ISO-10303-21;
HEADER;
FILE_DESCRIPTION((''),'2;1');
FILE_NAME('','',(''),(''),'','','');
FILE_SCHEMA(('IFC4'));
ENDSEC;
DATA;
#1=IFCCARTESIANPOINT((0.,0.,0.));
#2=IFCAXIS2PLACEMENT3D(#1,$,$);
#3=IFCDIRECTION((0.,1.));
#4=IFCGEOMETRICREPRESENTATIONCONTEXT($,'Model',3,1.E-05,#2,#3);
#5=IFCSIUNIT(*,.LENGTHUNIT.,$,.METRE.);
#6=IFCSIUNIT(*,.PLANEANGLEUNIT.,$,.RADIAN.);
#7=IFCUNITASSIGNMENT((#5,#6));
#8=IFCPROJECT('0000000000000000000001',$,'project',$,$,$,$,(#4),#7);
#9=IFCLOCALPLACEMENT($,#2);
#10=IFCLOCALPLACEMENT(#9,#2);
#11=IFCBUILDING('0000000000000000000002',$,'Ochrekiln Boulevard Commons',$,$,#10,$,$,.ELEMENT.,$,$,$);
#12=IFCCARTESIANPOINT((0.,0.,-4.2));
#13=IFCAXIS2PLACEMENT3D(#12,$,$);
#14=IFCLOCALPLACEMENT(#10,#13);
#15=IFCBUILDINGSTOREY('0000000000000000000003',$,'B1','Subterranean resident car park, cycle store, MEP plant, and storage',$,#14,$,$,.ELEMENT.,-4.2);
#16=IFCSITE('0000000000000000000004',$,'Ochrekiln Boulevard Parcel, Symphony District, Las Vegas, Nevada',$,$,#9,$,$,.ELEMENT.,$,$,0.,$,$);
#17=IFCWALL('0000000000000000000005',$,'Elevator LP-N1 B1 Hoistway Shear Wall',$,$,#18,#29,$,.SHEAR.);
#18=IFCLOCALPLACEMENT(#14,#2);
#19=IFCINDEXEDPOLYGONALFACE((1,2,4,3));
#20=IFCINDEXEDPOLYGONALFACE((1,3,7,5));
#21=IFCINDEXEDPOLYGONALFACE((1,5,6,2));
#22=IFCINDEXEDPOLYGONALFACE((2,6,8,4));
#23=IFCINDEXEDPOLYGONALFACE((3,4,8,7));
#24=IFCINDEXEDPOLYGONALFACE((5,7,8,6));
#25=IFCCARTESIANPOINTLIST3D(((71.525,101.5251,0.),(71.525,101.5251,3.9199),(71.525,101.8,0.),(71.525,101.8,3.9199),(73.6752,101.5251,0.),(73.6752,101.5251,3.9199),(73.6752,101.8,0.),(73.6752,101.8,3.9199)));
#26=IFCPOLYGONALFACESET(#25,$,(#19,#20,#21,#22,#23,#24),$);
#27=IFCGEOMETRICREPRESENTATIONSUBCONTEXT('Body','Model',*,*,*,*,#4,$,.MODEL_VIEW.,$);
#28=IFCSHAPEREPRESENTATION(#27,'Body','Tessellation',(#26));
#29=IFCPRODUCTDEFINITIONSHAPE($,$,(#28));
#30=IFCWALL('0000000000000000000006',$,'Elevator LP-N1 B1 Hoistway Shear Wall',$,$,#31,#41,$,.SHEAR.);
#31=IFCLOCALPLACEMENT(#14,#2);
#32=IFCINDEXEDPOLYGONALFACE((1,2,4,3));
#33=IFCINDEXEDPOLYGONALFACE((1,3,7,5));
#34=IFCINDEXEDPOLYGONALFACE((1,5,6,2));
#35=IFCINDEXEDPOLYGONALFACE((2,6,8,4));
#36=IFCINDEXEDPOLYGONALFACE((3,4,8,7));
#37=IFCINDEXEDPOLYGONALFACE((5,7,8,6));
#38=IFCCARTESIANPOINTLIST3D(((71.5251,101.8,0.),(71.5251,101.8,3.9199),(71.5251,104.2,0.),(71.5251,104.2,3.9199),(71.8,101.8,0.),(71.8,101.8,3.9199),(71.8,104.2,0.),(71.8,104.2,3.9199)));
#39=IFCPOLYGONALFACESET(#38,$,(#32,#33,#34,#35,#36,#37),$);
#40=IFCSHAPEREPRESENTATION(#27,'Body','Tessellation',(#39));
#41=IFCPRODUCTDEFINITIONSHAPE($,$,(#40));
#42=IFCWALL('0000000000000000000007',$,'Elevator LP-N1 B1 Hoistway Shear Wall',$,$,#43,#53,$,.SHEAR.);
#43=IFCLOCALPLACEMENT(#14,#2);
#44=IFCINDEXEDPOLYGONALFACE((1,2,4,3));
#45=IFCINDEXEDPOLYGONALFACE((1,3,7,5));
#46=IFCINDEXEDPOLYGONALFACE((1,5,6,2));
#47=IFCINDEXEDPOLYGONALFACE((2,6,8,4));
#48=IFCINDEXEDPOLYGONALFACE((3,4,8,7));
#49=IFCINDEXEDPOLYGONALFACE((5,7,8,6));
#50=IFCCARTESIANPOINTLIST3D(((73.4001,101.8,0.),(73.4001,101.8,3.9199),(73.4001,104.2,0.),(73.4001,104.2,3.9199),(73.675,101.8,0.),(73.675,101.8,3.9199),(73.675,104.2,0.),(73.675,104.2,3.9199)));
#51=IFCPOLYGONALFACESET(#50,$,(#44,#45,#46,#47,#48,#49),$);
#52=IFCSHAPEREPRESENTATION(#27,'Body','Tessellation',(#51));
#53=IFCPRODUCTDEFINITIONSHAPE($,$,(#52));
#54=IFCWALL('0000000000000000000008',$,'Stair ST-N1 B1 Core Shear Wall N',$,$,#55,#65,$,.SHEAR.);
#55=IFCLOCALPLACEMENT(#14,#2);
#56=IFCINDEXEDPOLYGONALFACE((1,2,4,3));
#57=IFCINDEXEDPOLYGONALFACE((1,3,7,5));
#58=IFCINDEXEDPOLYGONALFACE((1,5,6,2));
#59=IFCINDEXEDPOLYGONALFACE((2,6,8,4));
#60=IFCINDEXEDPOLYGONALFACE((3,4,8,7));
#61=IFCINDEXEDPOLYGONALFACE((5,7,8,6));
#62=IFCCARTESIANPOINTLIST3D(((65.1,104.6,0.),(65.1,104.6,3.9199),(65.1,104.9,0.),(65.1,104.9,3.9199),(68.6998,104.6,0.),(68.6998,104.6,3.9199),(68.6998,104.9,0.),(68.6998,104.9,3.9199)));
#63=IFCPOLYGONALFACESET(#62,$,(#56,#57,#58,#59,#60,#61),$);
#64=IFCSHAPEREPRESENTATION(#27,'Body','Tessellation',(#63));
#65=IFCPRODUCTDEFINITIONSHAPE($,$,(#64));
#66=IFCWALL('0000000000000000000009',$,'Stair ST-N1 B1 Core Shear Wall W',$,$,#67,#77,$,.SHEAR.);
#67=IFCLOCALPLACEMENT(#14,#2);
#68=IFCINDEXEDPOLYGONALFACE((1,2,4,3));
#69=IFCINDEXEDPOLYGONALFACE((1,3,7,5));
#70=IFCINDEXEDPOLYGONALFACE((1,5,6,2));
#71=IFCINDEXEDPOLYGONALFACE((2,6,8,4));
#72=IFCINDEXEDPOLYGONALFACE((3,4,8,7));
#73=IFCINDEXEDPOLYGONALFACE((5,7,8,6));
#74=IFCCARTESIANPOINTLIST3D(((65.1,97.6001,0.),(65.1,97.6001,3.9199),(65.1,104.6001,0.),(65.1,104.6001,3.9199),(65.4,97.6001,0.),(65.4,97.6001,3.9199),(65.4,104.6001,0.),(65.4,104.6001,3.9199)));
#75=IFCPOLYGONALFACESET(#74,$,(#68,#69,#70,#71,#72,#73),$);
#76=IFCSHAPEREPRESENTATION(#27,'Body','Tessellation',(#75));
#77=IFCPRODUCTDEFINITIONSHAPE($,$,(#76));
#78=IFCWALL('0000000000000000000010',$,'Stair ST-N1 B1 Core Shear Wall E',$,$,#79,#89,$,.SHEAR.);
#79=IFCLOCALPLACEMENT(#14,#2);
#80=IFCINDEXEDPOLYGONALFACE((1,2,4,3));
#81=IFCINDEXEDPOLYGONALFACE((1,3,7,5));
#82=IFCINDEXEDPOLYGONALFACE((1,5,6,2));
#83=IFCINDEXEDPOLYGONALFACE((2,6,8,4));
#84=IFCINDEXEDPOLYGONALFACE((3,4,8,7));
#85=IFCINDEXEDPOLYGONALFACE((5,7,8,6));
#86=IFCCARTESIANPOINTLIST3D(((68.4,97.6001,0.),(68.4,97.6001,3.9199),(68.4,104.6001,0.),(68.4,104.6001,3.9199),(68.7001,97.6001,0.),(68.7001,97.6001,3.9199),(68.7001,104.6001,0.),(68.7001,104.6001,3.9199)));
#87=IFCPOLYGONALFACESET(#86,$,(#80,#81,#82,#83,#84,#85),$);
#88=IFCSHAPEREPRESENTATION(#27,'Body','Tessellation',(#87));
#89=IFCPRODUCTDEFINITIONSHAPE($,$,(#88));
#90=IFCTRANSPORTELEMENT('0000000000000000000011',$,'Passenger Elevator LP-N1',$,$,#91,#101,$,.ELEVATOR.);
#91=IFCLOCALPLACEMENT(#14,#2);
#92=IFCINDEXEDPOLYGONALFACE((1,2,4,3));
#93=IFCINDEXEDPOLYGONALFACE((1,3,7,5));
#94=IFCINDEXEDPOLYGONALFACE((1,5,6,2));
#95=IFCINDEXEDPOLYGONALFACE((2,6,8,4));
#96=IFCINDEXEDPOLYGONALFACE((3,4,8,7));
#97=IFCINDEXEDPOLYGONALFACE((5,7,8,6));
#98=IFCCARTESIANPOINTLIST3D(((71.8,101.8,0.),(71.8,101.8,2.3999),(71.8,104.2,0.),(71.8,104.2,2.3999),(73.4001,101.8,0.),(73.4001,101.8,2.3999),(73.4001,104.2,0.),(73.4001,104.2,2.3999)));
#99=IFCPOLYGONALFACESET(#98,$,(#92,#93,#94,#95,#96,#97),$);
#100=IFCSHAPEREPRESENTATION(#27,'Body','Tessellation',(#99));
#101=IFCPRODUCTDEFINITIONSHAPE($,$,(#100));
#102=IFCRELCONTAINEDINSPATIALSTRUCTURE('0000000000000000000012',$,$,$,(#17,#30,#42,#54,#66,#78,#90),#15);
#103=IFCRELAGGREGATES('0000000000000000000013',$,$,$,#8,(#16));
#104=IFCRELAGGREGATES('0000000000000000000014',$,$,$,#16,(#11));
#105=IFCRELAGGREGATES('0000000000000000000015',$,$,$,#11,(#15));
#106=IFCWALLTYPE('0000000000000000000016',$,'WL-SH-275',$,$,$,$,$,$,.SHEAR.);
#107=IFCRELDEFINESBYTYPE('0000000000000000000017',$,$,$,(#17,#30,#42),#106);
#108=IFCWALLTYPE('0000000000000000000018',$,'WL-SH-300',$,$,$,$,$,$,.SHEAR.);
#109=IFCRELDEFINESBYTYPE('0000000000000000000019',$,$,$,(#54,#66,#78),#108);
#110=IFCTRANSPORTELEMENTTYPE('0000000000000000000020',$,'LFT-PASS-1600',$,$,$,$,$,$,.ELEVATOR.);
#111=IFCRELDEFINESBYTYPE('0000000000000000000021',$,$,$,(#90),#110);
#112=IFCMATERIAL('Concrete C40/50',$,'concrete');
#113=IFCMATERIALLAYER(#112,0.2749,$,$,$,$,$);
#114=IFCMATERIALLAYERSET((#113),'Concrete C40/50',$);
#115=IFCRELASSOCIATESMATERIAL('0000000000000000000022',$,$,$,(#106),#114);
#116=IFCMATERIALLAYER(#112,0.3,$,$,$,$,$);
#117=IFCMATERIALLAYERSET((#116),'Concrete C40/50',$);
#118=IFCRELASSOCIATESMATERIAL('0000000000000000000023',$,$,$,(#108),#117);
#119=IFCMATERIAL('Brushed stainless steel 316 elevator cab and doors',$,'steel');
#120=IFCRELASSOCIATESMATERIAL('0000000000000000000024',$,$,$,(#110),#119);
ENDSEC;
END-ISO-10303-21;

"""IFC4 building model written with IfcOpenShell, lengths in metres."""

from ifc_helpers import new_model, si_unit, direction, frame, frame_2d, origin, origin_2d, place, context, subcontext, project, spatial, rectangle, extrude, material, layer, layer_set, type_object, element, save


model = new_model("IFC4")

# Units and contexts
model_context = context("Model", 3, precision=1e-05, world=origin(), true_north=direction((0.0, 1.0)))
body_context = subcontext(model_context, "Body", "Model", "MODEL_VIEW")
ifc_project = project(units=[si_unit("LENGTHUNIT", "METRE"), si_unit("PLANEANGLEUNIT", "RADIAN")], contexts=[model_context])

# Site, building, storey
site_placement = place(None, origin())
site = spatial("IfcSite", under=ifc_project, at=site_placement, Name="Ochrekiln Boulevard Parcel, Symphony District, Las Vegas, Nevada", CompositionType="ELEMENT", RefElevation=0.0)
building_placement = place(site_placement, origin())
building = spatial("IfcBuilding", under=site, at=building_placement, Name="Ochrekiln Boulevard Commons", CompositionType="ELEMENT")
storey_placement = place(building_placement, frame((0.0, 0.0, -4.2)))
storey = spatial("IfcBuildingStorey", under=building, at=storey_placement, Name="B1", Description="Subterranean resident car park, cycle store, MEP plant, and storage", CompositionType="ELEMENT", Elevation=-4.2)

# Shared definitions
ifc_material_1 = material(Name="Concrete C40/50", Category="concrete")

# Wall
ifc_layer_1 = layer(ifc_material_1, 0.2749)
ifc_layer_set_1 = layer_set([ifc_layer_1], Name="Concrete C40/50")
wall_type_1 = type_object("IfcWallType", Name="WL-SH-275", PredefinedType="SHEAR", material=ifc_layer_set_1)
wall_1_placement = place(storey_placement, frame((71.5249, 101.6626, 0.0), z_axis=(0.0, 0.0, 1.0), x_axis=(1.0, 0.0, 0.0)))
element("IfcWall", 1, at=wall_1_placement, inside=storey, type_object=wall_type_1, Name="Elevator LP-N1 B1 Hoistway Shear Wall", PredefinedType="SHEAR", context=body_context, shape_type="SweptSolid", body=[
    extrude(rectangle(XDim=2.1501, YDim=0.2749, at=frame_2d((1.0752, 0.0))), origin(), (0.0, 0.0, 1.0), 3.9199),
])

# Shared definitions
ifc_material_2 = material(Name="Brushed stainless steel 316 elevator cab and doors", Category="steel")

# Walls
for number, where, z_axis, x_axis, name in (
    (2, (71.6626, 101.8, 0.0), (0.0, 0.0, 1.0), (0.0, 1.0, 0.0), "Elevator LP-N1 B1 Hoistway Shear Wall"),
    (3, (73.5376, 101.8, 0.0), (0.0, 0.0, 1.0), (0.0, 1.0, 0.0), "Elevator LP-N1 B1 Hoistway Shear Wall"),
):
    element("IfcWall", number, at=place(storey_placement, frame(where, z_axis=z_axis, x_axis=x_axis)), inside=storey, type_object=wall_type_1, Name=name, PredefinedType="SHEAR", context=body_context, shape_type="SweptSolid", body=[
        extrude(rectangle(XDim=2.3999, YDim=0.2749, at=frame_2d((1.2, 0.0))), origin(), (0.0, 0.0, 1.0), 3.9199),
    ])
ifc_layer_2 = layer(ifc_material_1, 0.3)
ifc_layer_set_2 = layer_set([ifc_layer_2], Name="Concrete C40/50")
wall_type_2 = type_object("IfcWallType", Name="WL-SH-300", PredefinedType="SHEAR", material=ifc_layer_set_2)
wall_2_placement = place(storey_placement, frame((65.1001, 104.75, 0.0), z_axis=(0.0, 0.0, 1.0), x_axis=(1.0, 0.0, 0.0)))
element("IfcWall", 4, at=wall_2_placement, inside=storey, type_object=wall_type_2, Name="Stair ST-N1 B1 Core Shear Wall N", PredefinedType="SHEAR", context=body_context, shape_type="SweptSolid", body=[
    extrude(rectangle(XDim=3.5999, YDim=0.3, at=frame_2d((1.7998, 0.0))), origin(), (0.0, 0.0, 1.0), 3.9199),
])
for number, where, z_axis, x_axis, name in (
    (5, (65.25, 97.6001, 0.0), (0.0, 0.0, 1.0), (0.0, 1.0, 0.0), "Stair ST-N1 B1 Core Shear Wall W"),
    (6, (68.55, 97.6001, 0.0), (0.0, 0.0, 1.0), (0.0, 1.0, 0.0), "Stair ST-N1 B1 Core Shear Wall E"),
):
    element("IfcWall", number, at=place(storey_placement, frame(where, z_axis=z_axis, x_axis=x_axis)), inside=storey, type_object=wall_type_2, Name=name, PredefinedType="SHEAR", context=body_context, shape_type="SweptSolid", body=[
        extrude(rectangle(XDim=7.0, YDim=0.3, at=frame_2d((3.5, 0.0))), origin(), (0.0, 0.0, 1.0), 3.9199),
    ])

# Transport element
transport_element_type = type_object("IfcTransportElementType", Name="LFT-PASS-1600", PredefinedType="ELEVATOR", material=ifc_material_2)
transport_element_placement = place(storey_placement, frame((72.6001, 103.0, 0.0), z_axis=(0.0, 0.0, 1.0), x_axis=(1.0, 0.0, 0.0)))
element("IfcTransportElement", 7, at=transport_element_placement, inside=storey, type_object=transport_element_type, Name="Passenger Elevator LP-N1", PredefinedType="ELEVATOR", context=body_context, shape_type="SweptSolid", body=[
    extrude(rectangle(XDim=1.6001, YDim=2.3999, at=origin_2d()), origin(), (0.0, 0.0, 1.0), 2.3999),
])

save(model, "model.ifc")
